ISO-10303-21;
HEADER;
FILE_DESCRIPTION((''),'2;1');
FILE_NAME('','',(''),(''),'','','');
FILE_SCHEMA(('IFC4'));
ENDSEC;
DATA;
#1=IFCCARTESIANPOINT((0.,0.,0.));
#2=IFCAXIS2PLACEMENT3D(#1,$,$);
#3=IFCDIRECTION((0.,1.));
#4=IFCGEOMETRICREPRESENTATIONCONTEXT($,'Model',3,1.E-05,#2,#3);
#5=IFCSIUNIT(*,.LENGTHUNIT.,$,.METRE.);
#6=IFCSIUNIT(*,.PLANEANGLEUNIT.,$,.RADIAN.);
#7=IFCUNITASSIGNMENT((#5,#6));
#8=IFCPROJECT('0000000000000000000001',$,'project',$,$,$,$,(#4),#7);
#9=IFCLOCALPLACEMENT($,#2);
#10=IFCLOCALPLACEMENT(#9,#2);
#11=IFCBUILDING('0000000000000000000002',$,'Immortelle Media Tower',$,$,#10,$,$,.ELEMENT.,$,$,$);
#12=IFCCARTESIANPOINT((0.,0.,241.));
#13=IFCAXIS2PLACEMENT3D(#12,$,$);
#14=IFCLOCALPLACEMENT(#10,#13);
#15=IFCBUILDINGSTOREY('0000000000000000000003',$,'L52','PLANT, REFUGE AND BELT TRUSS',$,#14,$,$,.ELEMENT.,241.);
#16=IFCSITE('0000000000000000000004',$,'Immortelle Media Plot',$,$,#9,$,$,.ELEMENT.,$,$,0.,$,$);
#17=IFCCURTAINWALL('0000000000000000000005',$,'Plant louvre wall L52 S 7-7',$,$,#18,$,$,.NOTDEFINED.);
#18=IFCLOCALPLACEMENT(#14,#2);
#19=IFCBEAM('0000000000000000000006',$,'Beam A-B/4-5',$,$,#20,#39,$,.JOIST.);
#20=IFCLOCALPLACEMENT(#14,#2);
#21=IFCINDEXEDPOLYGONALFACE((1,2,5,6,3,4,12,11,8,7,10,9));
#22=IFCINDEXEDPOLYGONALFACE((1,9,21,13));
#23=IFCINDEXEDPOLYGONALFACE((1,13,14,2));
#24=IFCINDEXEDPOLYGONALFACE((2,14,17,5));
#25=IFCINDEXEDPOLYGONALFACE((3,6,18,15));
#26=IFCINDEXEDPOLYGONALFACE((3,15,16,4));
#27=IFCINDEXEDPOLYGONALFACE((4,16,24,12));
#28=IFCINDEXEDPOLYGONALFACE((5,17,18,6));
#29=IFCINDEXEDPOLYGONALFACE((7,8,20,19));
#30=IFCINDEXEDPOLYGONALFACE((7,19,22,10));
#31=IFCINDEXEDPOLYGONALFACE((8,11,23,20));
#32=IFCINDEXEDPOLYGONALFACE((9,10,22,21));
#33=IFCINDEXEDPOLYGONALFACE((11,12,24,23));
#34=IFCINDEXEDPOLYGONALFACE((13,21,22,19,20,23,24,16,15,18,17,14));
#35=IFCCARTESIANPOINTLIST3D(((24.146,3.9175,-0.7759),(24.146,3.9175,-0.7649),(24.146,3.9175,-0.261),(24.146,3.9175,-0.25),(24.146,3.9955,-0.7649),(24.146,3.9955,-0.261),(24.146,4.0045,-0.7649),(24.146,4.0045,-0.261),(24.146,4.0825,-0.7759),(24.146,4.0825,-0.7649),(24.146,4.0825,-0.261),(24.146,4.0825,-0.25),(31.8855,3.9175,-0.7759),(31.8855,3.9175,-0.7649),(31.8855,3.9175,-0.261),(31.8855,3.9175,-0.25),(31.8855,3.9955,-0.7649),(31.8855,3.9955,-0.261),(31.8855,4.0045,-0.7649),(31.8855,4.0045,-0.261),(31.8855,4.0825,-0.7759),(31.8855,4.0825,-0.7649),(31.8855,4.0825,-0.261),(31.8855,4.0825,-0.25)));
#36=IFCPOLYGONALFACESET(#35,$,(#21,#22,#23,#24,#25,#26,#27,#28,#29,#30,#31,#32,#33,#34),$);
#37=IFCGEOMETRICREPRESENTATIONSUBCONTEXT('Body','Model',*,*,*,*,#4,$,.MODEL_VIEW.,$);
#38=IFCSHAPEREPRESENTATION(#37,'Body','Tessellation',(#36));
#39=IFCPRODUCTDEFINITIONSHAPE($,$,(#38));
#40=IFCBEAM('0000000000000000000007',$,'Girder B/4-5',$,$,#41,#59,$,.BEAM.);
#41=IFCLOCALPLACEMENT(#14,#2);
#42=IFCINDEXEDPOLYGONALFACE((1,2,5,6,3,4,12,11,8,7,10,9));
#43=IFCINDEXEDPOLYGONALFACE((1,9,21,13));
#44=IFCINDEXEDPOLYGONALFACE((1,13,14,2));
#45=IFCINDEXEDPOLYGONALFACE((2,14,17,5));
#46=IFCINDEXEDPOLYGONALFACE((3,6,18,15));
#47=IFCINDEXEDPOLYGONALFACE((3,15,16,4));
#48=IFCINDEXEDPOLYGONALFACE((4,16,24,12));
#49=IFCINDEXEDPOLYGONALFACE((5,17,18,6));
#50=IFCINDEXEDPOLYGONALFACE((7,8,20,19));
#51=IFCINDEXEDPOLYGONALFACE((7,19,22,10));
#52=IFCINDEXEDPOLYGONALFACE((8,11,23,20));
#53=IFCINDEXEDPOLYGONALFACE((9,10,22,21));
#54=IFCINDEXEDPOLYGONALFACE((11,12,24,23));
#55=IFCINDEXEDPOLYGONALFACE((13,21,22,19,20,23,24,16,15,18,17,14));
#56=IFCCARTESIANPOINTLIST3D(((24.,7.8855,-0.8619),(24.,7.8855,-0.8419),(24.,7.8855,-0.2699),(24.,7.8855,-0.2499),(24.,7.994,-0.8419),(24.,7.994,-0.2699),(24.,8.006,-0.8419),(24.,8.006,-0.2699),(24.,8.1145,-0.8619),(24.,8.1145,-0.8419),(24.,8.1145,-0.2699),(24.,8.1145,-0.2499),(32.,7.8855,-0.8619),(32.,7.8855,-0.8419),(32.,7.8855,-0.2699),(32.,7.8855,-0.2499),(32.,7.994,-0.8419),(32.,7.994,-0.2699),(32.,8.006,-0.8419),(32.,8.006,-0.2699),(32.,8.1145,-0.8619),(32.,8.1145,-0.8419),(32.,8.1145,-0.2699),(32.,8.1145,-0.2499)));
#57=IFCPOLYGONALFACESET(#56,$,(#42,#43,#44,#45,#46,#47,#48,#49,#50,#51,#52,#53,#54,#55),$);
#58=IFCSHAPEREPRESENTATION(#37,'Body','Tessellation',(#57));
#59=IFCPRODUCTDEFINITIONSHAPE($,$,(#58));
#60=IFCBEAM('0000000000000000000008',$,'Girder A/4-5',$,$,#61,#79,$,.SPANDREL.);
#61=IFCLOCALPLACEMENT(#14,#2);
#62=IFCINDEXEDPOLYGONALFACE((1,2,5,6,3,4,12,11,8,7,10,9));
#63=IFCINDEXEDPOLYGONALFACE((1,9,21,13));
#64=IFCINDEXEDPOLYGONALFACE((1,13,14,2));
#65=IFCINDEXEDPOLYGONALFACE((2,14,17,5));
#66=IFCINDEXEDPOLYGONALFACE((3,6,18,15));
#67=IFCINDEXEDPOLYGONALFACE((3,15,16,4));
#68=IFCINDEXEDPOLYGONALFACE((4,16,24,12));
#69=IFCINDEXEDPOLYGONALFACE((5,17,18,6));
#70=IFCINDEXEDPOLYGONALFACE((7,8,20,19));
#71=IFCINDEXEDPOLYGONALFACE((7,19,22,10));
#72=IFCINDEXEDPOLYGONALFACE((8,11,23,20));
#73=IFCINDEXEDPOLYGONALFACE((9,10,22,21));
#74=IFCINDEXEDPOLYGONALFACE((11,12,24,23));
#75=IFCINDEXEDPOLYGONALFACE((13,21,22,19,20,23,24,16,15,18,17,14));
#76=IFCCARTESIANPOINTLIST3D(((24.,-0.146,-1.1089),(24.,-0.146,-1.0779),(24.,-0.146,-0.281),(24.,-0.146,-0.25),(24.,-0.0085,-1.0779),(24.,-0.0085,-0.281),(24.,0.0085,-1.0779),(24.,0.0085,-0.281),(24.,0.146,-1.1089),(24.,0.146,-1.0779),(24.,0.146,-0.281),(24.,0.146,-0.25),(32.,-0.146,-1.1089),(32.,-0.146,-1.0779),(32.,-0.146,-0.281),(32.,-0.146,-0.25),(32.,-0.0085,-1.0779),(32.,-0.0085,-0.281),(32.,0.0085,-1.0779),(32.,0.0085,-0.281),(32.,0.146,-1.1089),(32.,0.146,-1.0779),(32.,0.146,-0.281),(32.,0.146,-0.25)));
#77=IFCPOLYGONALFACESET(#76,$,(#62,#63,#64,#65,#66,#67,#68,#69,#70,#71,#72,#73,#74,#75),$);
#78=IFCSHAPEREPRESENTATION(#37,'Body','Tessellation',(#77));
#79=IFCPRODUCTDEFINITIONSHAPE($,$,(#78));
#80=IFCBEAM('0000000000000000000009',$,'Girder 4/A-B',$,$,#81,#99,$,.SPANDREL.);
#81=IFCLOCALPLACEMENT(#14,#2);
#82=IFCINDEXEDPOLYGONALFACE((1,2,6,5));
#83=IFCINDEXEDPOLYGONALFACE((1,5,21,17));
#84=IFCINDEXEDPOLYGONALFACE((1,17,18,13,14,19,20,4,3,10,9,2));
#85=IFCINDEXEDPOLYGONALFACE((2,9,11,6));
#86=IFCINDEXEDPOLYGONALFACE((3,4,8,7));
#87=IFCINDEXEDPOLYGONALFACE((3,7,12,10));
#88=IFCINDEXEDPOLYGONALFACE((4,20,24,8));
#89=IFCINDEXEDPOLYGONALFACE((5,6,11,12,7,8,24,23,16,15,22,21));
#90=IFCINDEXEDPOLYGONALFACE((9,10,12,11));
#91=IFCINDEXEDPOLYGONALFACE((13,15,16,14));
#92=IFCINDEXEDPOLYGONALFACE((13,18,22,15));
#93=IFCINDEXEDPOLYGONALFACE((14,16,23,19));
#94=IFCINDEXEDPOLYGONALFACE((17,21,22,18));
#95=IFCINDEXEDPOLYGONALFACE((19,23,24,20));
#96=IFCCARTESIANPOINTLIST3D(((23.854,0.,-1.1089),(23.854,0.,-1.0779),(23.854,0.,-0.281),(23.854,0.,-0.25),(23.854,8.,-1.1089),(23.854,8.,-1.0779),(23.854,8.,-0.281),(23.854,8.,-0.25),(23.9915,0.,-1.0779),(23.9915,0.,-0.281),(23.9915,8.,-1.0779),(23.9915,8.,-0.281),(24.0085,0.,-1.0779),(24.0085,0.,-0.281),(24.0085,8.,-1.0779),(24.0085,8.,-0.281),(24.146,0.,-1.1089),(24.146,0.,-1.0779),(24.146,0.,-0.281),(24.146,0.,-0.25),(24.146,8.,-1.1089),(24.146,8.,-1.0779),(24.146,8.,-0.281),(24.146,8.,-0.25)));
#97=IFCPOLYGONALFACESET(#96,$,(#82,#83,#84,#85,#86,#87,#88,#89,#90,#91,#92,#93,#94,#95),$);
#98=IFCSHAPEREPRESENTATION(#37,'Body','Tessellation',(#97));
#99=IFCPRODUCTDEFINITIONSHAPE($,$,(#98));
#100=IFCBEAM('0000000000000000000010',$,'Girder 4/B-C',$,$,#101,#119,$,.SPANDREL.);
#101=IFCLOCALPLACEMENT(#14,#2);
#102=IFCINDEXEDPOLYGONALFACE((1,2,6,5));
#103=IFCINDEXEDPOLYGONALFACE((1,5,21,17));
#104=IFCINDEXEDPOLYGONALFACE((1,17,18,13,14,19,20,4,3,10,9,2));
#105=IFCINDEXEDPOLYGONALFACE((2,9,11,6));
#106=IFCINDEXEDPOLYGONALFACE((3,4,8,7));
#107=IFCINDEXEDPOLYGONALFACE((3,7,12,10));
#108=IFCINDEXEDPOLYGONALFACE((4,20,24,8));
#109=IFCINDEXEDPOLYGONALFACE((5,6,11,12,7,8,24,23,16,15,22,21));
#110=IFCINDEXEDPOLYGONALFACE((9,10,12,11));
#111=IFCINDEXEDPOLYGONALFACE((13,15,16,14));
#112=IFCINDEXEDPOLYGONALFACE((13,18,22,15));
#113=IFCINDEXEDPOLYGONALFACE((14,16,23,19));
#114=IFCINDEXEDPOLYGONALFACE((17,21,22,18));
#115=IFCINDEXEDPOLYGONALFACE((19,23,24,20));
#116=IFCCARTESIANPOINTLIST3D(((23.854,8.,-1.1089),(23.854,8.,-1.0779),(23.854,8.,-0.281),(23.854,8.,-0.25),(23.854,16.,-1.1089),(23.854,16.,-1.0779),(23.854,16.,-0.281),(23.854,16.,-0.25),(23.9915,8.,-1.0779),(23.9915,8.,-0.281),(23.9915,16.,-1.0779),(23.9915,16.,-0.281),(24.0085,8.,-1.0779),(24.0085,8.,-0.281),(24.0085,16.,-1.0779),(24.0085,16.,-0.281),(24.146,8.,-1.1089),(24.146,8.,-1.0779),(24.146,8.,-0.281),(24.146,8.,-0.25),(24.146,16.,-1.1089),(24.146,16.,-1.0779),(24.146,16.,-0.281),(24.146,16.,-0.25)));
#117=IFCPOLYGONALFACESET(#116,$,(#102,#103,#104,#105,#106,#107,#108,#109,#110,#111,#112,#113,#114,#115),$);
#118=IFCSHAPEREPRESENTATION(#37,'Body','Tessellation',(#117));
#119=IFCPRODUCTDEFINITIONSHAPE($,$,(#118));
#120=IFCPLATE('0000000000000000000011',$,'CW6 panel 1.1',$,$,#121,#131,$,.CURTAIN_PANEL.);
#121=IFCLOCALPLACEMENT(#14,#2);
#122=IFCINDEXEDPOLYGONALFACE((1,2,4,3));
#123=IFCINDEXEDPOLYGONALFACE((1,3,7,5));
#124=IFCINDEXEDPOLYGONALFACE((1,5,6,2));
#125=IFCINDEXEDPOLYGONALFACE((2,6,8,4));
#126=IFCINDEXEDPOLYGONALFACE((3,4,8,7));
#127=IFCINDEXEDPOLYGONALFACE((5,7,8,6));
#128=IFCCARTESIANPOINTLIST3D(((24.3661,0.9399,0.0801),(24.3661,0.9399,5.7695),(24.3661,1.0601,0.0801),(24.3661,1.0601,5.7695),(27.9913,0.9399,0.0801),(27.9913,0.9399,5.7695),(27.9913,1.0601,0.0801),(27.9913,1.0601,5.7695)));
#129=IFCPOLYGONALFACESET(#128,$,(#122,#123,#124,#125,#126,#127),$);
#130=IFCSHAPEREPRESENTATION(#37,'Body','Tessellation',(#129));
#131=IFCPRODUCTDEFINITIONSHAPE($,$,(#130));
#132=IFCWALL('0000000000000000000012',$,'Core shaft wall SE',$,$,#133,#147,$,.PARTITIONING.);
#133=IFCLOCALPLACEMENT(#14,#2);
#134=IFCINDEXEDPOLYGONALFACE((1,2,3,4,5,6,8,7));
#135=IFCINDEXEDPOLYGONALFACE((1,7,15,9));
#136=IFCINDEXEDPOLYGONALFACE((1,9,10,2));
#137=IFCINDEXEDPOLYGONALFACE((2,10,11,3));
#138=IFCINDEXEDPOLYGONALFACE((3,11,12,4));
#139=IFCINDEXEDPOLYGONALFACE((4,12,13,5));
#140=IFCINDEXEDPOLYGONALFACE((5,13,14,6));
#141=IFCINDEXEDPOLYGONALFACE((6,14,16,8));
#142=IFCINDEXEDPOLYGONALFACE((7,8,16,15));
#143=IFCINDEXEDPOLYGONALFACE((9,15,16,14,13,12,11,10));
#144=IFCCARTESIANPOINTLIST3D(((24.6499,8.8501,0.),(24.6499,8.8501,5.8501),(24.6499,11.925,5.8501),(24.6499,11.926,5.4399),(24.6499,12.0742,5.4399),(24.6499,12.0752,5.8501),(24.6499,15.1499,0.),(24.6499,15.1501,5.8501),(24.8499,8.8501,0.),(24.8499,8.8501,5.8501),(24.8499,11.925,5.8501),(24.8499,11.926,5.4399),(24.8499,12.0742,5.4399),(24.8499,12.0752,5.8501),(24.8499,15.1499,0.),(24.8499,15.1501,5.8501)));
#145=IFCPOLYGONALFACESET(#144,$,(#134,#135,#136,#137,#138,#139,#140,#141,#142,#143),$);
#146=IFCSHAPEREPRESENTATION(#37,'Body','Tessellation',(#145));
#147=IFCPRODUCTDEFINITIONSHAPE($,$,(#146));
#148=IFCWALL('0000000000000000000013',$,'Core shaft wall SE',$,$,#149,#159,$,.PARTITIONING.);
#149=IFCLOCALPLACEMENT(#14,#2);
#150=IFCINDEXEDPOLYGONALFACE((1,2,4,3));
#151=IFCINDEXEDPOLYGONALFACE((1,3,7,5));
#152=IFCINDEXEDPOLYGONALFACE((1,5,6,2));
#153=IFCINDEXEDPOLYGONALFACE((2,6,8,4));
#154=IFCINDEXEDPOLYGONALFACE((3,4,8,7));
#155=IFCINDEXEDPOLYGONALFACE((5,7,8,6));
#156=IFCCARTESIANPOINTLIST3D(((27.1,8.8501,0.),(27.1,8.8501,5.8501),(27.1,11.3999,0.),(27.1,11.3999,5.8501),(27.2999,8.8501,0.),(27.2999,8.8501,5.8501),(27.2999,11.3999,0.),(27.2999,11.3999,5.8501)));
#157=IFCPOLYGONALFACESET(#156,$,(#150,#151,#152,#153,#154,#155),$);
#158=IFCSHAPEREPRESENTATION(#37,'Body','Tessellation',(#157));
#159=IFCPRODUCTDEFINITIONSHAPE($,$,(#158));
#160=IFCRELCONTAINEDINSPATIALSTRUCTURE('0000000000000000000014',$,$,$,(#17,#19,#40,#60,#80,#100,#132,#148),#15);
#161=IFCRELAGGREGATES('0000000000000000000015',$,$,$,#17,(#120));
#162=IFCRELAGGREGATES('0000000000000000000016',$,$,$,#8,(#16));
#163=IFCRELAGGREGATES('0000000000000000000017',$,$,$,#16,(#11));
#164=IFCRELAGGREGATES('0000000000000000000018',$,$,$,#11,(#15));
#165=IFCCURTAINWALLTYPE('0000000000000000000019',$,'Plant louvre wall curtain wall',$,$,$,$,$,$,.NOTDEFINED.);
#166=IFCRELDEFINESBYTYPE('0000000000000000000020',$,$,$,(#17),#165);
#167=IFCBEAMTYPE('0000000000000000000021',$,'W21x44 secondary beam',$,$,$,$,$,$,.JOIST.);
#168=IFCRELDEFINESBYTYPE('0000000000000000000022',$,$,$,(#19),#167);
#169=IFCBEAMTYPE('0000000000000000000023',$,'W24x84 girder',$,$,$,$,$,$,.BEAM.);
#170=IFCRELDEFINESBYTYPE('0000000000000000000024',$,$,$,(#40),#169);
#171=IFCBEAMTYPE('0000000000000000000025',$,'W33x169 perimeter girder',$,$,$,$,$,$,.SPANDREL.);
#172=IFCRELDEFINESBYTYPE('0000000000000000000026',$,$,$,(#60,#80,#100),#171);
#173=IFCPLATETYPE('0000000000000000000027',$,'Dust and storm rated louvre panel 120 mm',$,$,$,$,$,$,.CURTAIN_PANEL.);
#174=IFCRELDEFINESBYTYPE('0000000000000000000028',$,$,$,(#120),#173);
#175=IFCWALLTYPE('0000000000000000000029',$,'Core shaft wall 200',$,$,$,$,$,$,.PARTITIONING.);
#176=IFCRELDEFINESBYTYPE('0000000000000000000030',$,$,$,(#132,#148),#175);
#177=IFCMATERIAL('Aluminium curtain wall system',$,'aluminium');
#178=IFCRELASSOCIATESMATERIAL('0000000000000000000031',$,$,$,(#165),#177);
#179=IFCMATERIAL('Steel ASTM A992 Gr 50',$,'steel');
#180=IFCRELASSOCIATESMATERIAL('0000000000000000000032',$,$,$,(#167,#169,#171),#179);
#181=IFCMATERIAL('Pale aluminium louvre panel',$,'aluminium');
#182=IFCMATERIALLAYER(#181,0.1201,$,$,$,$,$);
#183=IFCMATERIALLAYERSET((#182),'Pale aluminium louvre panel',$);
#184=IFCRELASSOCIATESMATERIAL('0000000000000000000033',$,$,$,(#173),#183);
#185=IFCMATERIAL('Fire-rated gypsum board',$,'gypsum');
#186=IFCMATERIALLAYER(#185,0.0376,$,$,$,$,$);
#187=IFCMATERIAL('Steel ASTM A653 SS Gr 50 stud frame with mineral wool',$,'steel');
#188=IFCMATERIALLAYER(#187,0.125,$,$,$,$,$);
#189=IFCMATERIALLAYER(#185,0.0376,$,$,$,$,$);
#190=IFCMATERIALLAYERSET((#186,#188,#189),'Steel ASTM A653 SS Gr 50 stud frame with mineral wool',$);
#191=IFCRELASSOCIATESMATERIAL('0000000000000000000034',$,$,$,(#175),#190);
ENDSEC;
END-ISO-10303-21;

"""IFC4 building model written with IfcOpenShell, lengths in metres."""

from ifc_helpers import new_model, si_unit, direction, frame, frame_2d, origin, origin_2d, place, context, subcontext, project, spatial, polyline, rectangle, i_section, outline, extrude, material, layer, layer_set, material_profile, profile_set, type_object, element, aggregate, save


model = new_model("IFC4")

# Units and contexts
model_context = context("Model", 3, precision=1e-05, world=origin(), true_north=direction((0.0, 1.0)))
body_context = subcontext(model_context, "Body", "Model", "MODEL_VIEW")
ifc_project = project(units=[si_unit("LENGTHUNIT", "METRE"), si_unit("PLANEANGLEUNIT", "RADIAN")], contexts=[model_context])

# Site, building, storey
site_placement = place(None, origin())
site = spatial("IfcSite", under=ifc_project, at=site_placement, Name="Immortelle Media Plot", CompositionType="ELEMENT", RefElevation=0.0)
building_placement = place(site_placement, origin())
building = spatial("IfcBuilding", under=site, at=building_placement, Name="Immortelle Media Tower", CompositionType="ELEMENT")
storey_placement = place(building_placement, frame((0.0, 0.0, 241.0)))
storey = spatial("IfcBuildingStorey", under=building, at=storey_placement, Name="L52", Description="PLANT, REFUGE AND BELT TRUSS", CompositionType="ELEMENT", Elevation=241.0)

# Shared definitions
ifc_material_1 = material(Name="Steel ASTM A992 Gr 50", Category="steel")

# Curtain wall
ifc_material_2 = material(Name="Aluminium curtain wall system", Category="aluminium")
curtain_wall_type = type_object("IfcCurtainWallType", Name="Plant louvre wall curtain wall", PredefinedType="NOTDEFINED", material=ifc_material_2)
curtain_wall_placement = place(storey_placement, origin())
curtain_wall = element("IfcCurtainWall", 1, at=curtain_wall_placement, inside=storey, type_object=curtain_wall_type, Name="Plant louvre wall L52 S 7-7", PredefinedType="NOTDEFINED")

# Beams
ifc_material_profile_1 = material_profile(ifc_material_1, i_section(OverallWidth=0.165, OverallDepth=0.5259, WebThickness=0.009, FlangeThickness=0.011, at=origin_2d()), Name="W21x44")
ifc_profile_set_1 = profile_set([ifc_material_profile_1], Name="Steel ASTM A992 Gr 50")
beam_type_1 = type_object("IfcBeamType", Name="W21x44 secondary beam", PredefinedType="JOIST", material=ifc_profile_set_1)
beam_1_placement = place(storey_placement, frame((24.146, 4.0, -0.5129), z_axis=(1.0, 0.0, 0.0), x_axis=(0.0, 1.0, 0.0)))
element("IfcBeam", 2, at=beam_1_placement, inside=storey, type_object=beam_type_1, Name="Beam A-B/4-5", PredefinedType="JOIST", context=body_context, shape_type="SweptSolid", body=[
    extrude(i_section(OverallWidth=0.165, OverallDepth=0.5259, WebThickness=0.009, FlangeThickness=0.011, at=origin_2d()), origin(), (0.0, 0.0, 1.0), 7.7395),
])
ifc_material_profile_2 = material_profile(ifc_material_1, i_section(OverallWidth=0.229, OverallDepth=0.6121, WebThickness=0.012, FlangeThickness=0.02, at=origin_2d()), Name="W24x84")
ifc_profile_set_2 = profile_set([ifc_material_profile_2], Name="Steel ASTM A992 Gr 50")
beam_type_2 = type_object("IfcBeamType", Name="W24x84 girder", PredefinedType="BEAM", material=ifc_profile_set_2)
beam_2_placement = place(storey_placement, frame((24.0, 8.0, -0.5559), z_axis=(1.0, 0.0, 0.0), x_axis=(0.0, 1.0, 0.0)))
element("IfcBeam", 3, at=beam_2_placement, inside=storey, type_object=beam_type_2, Name="Girder B/4-5", PredefinedType="BEAM", context=body_context, shape_type="SweptSolid", body=[
    extrude(i_section(OverallWidth=0.229, OverallDepth=0.6121, WebThickness=0.012, FlangeThickness=0.02, at=origin_2d()), origin(), (0.0, 0.0, 1.0), 8.0),
])
ifc_material_profile_3 = material_profile(ifc_material_1, i_section(OverallWidth=0.292, OverallDepth=0.8589, WebThickness=0.0171, FlangeThickness=0.031, at=origin_2d()), Name="W33x169")
ifc_profile_set_3 = profile_set([ifc_material_profile_3], Name="Steel ASTM A992 Gr 50")
beam_type_3 = type_object("IfcBeamType", Name="W33x169 perimeter girder", PredefinedType="SPANDREL", material=ifc_profile_set_3)
for number, where, z_axis, x_axis, name in (
    (4, (24.0, 0.0, -0.6794), (1.0, 0.0, 0.0), (0.0, 1.0, 0.0), "Girder A/4-5"),
    (5, (24.0, 0.0, -0.6794), (0.0, 1.0, 0.0), (-1.0, 0.0, 0.0), "Girder 4/A-B"),
    (6, (24.0, 8.0, -0.6794), (0.0, 1.0, 0.0), (-1.0, 0.0, 0.0), "Girder 4/B-C"),
):
    element("IfcBeam", number, at=place(storey_placement, frame(where, z_axis=z_axis, x_axis=x_axis)), inside=storey, type_object=beam_type_3, Name=name, PredefinedType="SPANDREL", context=body_context, shape_type="SweptSolid", body=[
        extrude(i_section(OverallWidth=0.292, OverallDepth=0.8589, WebThickness=0.0171, FlangeThickness=0.031, at=origin_2d()), origin(), (0.0, 0.0, 1.0), 8.0),
    ])

# Plate
ifc_material_3 = material(Name="Pale aluminium louvre panel", Category="aluminium")
ifc_layer_1 = layer(ifc_material_3, 0.1201)
ifc_layer_set_1 = layer_set([ifc_layer_1], Name="Pale aluminium louvre panel")
plate_type = type_object("IfcPlateType", Name="Dust and storm rated louvre panel 120 mm", PredefinedType="CURTAIN_PANEL", material=ifc_layer_set_1)
plate_placement = place(storey_placement, frame((26.1787, 1.0, 0.0801), z_axis=(0.0, 0.0, 1.0), x_axis=(1.0, 0.0, 0.0)))
plate = element("IfcPlate", 7, at=plate_placement, type_object=plate_type, Name="CW6 panel 1.1", PredefinedType="CURTAIN_PANEL", context=body_context, shape_type="SweptSolid", body=[
    extrude(rectangle(XDim=3.6252, YDim=0.1201, at=origin_2d()), origin(), (0.0, 0.0, 1.0), 5.6895),
])
aggregate(curtain_wall, [plate])

# Walls
ifc_material_4 = material(Name="Fire-rated gypsum board", Category="gypsum")
ifc_layer_2 = layer(ifc_material_4, 0.0376)
ifc_material_5 = material(Name="Steel ASTM A653 SS Gr 50 stud frame with mineral wool", Category="steel")
ifc_layer_3 = layer(ifc_material_5, 0.125)
ifc_layer_4 = layer(ifc_material_4, 0.0376)
ifc_layer_set_2 = layer_set([ifc_layer_2, ifc_layer_3, ifc_layer_4], Name="Steel ASTM A653 SS Gr 50 stud frame with mineral wool")
wall_type_1 = type_object("IfcWallType", Name="Core shaft wall 200", PredefinedType="PARTITIONING", material=ifc_layer_set_2)
wall_1_placement = place(storey_placement, frame((24.75, 8.8501, 0.0), z_axis=(0.0, 0.0, 1.0), x_axis=(0.0, 1.0, 0.0)))
element("IfcWall", 8, at=wall_1_placement, inside=storey, type_object=wall_type_1, Name="Core shaft wall SE", PredefinedType="PARTITIONING", context=body_context, shape_type="SweptSolid", body=[
    extrude(outline(polyline([(0.0, 0.0), (6.2998, 0.0), (6.3, 5.8501), (3.2251, 5.8501), (3.2241, 5.4399), (3.0759, 5.4399), (3.075, 5.8501), (0.0, 5.8501), (0.0, 0.0)])), frame((0.0, 0.1001, 0.0), z_axis=(0.0, -1.0, 0.0), x_axis=(1.0, 0.0, 0.0)), (0.0, 0.0, 1.0), 0.2),
])
wall_2_placement = place(storey_placement, frame((27.2, 8.8501, 0.0), z_axis=(0.0, 0.0, 1.0), x_axis=(0.0, 1.0, 0.0)))
element("IfcWall", 9, at=wall_2_placement, inside=storey, type_object=wall_type_1, Name="Core shaft wall SE", PredefinedType="PARTITIONING", context=body_context, shape_type="SweptSolid", body=[
    extrude(rectangle(XDim=2.5498, YDim=0.2, at=frame_2d((1.2749, 0.0))), origin(), (0.0, 0.0, 1.0), 5.8501),
])

save(model, "model.ifc")
